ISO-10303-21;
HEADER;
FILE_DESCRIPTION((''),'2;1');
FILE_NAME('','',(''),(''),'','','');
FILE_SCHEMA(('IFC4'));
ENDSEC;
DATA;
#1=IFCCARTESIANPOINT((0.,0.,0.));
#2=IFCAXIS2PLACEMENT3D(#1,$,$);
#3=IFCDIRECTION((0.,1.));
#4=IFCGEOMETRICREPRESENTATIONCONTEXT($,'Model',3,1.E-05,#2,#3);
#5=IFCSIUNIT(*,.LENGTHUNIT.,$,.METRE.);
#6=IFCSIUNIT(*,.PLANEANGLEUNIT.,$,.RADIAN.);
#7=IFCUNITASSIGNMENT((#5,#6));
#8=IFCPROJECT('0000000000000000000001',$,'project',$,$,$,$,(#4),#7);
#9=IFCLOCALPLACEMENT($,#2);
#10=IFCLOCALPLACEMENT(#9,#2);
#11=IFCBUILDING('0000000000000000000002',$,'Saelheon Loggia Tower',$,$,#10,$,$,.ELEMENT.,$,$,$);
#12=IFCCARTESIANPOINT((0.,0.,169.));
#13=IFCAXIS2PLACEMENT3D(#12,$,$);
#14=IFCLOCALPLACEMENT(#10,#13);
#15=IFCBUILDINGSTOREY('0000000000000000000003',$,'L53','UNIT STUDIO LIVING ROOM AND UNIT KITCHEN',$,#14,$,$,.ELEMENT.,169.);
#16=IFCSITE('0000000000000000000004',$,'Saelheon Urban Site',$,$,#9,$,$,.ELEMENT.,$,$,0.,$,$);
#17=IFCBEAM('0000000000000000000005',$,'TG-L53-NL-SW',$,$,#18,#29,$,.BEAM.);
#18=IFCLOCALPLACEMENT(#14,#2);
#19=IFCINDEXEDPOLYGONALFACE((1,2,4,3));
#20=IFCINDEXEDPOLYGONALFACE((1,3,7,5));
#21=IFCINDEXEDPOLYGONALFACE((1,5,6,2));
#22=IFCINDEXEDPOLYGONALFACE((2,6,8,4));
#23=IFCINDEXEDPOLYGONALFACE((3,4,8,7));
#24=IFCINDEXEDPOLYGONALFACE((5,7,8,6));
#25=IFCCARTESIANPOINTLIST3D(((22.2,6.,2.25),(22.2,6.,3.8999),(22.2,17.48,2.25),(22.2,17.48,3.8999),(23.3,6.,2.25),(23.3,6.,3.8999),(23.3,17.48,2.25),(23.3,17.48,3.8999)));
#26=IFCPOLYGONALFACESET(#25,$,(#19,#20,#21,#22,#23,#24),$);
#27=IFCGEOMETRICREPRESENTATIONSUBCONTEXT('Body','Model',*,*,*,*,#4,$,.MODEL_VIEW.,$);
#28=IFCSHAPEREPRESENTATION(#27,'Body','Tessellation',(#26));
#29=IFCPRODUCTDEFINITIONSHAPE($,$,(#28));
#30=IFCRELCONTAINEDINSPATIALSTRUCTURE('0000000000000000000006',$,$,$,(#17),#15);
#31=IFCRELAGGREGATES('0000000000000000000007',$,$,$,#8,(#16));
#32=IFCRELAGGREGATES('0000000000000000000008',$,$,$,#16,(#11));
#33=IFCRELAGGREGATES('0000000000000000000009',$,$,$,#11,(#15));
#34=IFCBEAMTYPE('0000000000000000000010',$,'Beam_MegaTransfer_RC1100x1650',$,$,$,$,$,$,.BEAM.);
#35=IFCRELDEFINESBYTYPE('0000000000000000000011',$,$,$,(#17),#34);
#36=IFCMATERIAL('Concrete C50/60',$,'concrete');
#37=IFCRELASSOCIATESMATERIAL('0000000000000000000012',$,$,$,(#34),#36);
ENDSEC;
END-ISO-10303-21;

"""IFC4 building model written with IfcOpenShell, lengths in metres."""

from ifc_helpers import new_model, si_unit, direction, frame, origin, origin_2d, place, context, subcontext, project, spatial, rectangle, extrude, source, transform, mapped, material, material_profile, profile_set, type_object, element, save


model = new_model("IFC4")

# Units and contexts
model_context = context("Model", 3, precision=1e-05, world=origin(), true_north=direction((0.0, 1.0)))
body_context = subcontext(model_context, "Body", "Model", "MODEL_VIEW")
ifc_project = project(units=[si_unit("LENGTHUNIT", "METRE"), si_unit("PLANEANGLEUNIT", "RADIAN")], contexts=[model_context])

# Site, building, storey
site_placement = place(None, origin())
site = spatial("IfcSite", under=ifc_project, at=site_placement, Name="Saelheon Urban Site", CompositionType="ELEMENT", RefElevation=0.0)
building_placement = place(site_placement, origin())
building = spatial("IfcBuilding", under=site, at=building_placement, Name="Saelheon Loggia Tower", CompositionType="ELEMENT")
storey_placement = place(building_placement, frame((0.0, 0.0, 169.0)))
storey = spatial("IfcBuildingStorey", under=building, at=storey_placement, Name="L53", Description="UNIT STUDIO LIVING ROOM AND UNIT KITCHEN", CompositionType="ELEMENT", Elevation=169.0)

# Beam
ifc_material_1 = material(Name="Concrete C50/60", Category="concrete")
ifc_material_profile = material_profile(ifc_material_1, rectangle(XDim=1.1001, YDim=1.6499, at=origin_2d()), Name="RC-1100x1650")
ifc_profile_set = profile_set([ifc_material_profile], Name="Concrete C50/60")
beam_type = type_object("IfcBeamType", Name="Beam_MegaTransfer_RC1100x1650", PredefinedType="BEAM", material=ifc_profile_set)
shared_shape_1 = source(origin(), body_context, "Body", "SweptSolid", [
    extrude(rectangle(XDim=1.1001, YDim=1.6499, at=origin_2d()), origin(), (0.0, 0.0, 1.0), 11.48),
])
beam_placement = place(storey_placement, frame((22.75, 6.0, 3.075), z_axis=(0.0, 1.0, 0.0), x_axis=(-1.0, 0.0, 0.0)))
element("IfcBeam", 1, at=beam_placement, inside=storey, type_object=beam_type, Name="TG-L53-NL-SW", PredefinedType="BEAM", context=body_context, shape_type="MappedRepresentation", body=[
    mapped(shared_shape_1, transform((0.0, 0.0, 0.0), scale=1.0)),
])

save(model, "model.ifc")
